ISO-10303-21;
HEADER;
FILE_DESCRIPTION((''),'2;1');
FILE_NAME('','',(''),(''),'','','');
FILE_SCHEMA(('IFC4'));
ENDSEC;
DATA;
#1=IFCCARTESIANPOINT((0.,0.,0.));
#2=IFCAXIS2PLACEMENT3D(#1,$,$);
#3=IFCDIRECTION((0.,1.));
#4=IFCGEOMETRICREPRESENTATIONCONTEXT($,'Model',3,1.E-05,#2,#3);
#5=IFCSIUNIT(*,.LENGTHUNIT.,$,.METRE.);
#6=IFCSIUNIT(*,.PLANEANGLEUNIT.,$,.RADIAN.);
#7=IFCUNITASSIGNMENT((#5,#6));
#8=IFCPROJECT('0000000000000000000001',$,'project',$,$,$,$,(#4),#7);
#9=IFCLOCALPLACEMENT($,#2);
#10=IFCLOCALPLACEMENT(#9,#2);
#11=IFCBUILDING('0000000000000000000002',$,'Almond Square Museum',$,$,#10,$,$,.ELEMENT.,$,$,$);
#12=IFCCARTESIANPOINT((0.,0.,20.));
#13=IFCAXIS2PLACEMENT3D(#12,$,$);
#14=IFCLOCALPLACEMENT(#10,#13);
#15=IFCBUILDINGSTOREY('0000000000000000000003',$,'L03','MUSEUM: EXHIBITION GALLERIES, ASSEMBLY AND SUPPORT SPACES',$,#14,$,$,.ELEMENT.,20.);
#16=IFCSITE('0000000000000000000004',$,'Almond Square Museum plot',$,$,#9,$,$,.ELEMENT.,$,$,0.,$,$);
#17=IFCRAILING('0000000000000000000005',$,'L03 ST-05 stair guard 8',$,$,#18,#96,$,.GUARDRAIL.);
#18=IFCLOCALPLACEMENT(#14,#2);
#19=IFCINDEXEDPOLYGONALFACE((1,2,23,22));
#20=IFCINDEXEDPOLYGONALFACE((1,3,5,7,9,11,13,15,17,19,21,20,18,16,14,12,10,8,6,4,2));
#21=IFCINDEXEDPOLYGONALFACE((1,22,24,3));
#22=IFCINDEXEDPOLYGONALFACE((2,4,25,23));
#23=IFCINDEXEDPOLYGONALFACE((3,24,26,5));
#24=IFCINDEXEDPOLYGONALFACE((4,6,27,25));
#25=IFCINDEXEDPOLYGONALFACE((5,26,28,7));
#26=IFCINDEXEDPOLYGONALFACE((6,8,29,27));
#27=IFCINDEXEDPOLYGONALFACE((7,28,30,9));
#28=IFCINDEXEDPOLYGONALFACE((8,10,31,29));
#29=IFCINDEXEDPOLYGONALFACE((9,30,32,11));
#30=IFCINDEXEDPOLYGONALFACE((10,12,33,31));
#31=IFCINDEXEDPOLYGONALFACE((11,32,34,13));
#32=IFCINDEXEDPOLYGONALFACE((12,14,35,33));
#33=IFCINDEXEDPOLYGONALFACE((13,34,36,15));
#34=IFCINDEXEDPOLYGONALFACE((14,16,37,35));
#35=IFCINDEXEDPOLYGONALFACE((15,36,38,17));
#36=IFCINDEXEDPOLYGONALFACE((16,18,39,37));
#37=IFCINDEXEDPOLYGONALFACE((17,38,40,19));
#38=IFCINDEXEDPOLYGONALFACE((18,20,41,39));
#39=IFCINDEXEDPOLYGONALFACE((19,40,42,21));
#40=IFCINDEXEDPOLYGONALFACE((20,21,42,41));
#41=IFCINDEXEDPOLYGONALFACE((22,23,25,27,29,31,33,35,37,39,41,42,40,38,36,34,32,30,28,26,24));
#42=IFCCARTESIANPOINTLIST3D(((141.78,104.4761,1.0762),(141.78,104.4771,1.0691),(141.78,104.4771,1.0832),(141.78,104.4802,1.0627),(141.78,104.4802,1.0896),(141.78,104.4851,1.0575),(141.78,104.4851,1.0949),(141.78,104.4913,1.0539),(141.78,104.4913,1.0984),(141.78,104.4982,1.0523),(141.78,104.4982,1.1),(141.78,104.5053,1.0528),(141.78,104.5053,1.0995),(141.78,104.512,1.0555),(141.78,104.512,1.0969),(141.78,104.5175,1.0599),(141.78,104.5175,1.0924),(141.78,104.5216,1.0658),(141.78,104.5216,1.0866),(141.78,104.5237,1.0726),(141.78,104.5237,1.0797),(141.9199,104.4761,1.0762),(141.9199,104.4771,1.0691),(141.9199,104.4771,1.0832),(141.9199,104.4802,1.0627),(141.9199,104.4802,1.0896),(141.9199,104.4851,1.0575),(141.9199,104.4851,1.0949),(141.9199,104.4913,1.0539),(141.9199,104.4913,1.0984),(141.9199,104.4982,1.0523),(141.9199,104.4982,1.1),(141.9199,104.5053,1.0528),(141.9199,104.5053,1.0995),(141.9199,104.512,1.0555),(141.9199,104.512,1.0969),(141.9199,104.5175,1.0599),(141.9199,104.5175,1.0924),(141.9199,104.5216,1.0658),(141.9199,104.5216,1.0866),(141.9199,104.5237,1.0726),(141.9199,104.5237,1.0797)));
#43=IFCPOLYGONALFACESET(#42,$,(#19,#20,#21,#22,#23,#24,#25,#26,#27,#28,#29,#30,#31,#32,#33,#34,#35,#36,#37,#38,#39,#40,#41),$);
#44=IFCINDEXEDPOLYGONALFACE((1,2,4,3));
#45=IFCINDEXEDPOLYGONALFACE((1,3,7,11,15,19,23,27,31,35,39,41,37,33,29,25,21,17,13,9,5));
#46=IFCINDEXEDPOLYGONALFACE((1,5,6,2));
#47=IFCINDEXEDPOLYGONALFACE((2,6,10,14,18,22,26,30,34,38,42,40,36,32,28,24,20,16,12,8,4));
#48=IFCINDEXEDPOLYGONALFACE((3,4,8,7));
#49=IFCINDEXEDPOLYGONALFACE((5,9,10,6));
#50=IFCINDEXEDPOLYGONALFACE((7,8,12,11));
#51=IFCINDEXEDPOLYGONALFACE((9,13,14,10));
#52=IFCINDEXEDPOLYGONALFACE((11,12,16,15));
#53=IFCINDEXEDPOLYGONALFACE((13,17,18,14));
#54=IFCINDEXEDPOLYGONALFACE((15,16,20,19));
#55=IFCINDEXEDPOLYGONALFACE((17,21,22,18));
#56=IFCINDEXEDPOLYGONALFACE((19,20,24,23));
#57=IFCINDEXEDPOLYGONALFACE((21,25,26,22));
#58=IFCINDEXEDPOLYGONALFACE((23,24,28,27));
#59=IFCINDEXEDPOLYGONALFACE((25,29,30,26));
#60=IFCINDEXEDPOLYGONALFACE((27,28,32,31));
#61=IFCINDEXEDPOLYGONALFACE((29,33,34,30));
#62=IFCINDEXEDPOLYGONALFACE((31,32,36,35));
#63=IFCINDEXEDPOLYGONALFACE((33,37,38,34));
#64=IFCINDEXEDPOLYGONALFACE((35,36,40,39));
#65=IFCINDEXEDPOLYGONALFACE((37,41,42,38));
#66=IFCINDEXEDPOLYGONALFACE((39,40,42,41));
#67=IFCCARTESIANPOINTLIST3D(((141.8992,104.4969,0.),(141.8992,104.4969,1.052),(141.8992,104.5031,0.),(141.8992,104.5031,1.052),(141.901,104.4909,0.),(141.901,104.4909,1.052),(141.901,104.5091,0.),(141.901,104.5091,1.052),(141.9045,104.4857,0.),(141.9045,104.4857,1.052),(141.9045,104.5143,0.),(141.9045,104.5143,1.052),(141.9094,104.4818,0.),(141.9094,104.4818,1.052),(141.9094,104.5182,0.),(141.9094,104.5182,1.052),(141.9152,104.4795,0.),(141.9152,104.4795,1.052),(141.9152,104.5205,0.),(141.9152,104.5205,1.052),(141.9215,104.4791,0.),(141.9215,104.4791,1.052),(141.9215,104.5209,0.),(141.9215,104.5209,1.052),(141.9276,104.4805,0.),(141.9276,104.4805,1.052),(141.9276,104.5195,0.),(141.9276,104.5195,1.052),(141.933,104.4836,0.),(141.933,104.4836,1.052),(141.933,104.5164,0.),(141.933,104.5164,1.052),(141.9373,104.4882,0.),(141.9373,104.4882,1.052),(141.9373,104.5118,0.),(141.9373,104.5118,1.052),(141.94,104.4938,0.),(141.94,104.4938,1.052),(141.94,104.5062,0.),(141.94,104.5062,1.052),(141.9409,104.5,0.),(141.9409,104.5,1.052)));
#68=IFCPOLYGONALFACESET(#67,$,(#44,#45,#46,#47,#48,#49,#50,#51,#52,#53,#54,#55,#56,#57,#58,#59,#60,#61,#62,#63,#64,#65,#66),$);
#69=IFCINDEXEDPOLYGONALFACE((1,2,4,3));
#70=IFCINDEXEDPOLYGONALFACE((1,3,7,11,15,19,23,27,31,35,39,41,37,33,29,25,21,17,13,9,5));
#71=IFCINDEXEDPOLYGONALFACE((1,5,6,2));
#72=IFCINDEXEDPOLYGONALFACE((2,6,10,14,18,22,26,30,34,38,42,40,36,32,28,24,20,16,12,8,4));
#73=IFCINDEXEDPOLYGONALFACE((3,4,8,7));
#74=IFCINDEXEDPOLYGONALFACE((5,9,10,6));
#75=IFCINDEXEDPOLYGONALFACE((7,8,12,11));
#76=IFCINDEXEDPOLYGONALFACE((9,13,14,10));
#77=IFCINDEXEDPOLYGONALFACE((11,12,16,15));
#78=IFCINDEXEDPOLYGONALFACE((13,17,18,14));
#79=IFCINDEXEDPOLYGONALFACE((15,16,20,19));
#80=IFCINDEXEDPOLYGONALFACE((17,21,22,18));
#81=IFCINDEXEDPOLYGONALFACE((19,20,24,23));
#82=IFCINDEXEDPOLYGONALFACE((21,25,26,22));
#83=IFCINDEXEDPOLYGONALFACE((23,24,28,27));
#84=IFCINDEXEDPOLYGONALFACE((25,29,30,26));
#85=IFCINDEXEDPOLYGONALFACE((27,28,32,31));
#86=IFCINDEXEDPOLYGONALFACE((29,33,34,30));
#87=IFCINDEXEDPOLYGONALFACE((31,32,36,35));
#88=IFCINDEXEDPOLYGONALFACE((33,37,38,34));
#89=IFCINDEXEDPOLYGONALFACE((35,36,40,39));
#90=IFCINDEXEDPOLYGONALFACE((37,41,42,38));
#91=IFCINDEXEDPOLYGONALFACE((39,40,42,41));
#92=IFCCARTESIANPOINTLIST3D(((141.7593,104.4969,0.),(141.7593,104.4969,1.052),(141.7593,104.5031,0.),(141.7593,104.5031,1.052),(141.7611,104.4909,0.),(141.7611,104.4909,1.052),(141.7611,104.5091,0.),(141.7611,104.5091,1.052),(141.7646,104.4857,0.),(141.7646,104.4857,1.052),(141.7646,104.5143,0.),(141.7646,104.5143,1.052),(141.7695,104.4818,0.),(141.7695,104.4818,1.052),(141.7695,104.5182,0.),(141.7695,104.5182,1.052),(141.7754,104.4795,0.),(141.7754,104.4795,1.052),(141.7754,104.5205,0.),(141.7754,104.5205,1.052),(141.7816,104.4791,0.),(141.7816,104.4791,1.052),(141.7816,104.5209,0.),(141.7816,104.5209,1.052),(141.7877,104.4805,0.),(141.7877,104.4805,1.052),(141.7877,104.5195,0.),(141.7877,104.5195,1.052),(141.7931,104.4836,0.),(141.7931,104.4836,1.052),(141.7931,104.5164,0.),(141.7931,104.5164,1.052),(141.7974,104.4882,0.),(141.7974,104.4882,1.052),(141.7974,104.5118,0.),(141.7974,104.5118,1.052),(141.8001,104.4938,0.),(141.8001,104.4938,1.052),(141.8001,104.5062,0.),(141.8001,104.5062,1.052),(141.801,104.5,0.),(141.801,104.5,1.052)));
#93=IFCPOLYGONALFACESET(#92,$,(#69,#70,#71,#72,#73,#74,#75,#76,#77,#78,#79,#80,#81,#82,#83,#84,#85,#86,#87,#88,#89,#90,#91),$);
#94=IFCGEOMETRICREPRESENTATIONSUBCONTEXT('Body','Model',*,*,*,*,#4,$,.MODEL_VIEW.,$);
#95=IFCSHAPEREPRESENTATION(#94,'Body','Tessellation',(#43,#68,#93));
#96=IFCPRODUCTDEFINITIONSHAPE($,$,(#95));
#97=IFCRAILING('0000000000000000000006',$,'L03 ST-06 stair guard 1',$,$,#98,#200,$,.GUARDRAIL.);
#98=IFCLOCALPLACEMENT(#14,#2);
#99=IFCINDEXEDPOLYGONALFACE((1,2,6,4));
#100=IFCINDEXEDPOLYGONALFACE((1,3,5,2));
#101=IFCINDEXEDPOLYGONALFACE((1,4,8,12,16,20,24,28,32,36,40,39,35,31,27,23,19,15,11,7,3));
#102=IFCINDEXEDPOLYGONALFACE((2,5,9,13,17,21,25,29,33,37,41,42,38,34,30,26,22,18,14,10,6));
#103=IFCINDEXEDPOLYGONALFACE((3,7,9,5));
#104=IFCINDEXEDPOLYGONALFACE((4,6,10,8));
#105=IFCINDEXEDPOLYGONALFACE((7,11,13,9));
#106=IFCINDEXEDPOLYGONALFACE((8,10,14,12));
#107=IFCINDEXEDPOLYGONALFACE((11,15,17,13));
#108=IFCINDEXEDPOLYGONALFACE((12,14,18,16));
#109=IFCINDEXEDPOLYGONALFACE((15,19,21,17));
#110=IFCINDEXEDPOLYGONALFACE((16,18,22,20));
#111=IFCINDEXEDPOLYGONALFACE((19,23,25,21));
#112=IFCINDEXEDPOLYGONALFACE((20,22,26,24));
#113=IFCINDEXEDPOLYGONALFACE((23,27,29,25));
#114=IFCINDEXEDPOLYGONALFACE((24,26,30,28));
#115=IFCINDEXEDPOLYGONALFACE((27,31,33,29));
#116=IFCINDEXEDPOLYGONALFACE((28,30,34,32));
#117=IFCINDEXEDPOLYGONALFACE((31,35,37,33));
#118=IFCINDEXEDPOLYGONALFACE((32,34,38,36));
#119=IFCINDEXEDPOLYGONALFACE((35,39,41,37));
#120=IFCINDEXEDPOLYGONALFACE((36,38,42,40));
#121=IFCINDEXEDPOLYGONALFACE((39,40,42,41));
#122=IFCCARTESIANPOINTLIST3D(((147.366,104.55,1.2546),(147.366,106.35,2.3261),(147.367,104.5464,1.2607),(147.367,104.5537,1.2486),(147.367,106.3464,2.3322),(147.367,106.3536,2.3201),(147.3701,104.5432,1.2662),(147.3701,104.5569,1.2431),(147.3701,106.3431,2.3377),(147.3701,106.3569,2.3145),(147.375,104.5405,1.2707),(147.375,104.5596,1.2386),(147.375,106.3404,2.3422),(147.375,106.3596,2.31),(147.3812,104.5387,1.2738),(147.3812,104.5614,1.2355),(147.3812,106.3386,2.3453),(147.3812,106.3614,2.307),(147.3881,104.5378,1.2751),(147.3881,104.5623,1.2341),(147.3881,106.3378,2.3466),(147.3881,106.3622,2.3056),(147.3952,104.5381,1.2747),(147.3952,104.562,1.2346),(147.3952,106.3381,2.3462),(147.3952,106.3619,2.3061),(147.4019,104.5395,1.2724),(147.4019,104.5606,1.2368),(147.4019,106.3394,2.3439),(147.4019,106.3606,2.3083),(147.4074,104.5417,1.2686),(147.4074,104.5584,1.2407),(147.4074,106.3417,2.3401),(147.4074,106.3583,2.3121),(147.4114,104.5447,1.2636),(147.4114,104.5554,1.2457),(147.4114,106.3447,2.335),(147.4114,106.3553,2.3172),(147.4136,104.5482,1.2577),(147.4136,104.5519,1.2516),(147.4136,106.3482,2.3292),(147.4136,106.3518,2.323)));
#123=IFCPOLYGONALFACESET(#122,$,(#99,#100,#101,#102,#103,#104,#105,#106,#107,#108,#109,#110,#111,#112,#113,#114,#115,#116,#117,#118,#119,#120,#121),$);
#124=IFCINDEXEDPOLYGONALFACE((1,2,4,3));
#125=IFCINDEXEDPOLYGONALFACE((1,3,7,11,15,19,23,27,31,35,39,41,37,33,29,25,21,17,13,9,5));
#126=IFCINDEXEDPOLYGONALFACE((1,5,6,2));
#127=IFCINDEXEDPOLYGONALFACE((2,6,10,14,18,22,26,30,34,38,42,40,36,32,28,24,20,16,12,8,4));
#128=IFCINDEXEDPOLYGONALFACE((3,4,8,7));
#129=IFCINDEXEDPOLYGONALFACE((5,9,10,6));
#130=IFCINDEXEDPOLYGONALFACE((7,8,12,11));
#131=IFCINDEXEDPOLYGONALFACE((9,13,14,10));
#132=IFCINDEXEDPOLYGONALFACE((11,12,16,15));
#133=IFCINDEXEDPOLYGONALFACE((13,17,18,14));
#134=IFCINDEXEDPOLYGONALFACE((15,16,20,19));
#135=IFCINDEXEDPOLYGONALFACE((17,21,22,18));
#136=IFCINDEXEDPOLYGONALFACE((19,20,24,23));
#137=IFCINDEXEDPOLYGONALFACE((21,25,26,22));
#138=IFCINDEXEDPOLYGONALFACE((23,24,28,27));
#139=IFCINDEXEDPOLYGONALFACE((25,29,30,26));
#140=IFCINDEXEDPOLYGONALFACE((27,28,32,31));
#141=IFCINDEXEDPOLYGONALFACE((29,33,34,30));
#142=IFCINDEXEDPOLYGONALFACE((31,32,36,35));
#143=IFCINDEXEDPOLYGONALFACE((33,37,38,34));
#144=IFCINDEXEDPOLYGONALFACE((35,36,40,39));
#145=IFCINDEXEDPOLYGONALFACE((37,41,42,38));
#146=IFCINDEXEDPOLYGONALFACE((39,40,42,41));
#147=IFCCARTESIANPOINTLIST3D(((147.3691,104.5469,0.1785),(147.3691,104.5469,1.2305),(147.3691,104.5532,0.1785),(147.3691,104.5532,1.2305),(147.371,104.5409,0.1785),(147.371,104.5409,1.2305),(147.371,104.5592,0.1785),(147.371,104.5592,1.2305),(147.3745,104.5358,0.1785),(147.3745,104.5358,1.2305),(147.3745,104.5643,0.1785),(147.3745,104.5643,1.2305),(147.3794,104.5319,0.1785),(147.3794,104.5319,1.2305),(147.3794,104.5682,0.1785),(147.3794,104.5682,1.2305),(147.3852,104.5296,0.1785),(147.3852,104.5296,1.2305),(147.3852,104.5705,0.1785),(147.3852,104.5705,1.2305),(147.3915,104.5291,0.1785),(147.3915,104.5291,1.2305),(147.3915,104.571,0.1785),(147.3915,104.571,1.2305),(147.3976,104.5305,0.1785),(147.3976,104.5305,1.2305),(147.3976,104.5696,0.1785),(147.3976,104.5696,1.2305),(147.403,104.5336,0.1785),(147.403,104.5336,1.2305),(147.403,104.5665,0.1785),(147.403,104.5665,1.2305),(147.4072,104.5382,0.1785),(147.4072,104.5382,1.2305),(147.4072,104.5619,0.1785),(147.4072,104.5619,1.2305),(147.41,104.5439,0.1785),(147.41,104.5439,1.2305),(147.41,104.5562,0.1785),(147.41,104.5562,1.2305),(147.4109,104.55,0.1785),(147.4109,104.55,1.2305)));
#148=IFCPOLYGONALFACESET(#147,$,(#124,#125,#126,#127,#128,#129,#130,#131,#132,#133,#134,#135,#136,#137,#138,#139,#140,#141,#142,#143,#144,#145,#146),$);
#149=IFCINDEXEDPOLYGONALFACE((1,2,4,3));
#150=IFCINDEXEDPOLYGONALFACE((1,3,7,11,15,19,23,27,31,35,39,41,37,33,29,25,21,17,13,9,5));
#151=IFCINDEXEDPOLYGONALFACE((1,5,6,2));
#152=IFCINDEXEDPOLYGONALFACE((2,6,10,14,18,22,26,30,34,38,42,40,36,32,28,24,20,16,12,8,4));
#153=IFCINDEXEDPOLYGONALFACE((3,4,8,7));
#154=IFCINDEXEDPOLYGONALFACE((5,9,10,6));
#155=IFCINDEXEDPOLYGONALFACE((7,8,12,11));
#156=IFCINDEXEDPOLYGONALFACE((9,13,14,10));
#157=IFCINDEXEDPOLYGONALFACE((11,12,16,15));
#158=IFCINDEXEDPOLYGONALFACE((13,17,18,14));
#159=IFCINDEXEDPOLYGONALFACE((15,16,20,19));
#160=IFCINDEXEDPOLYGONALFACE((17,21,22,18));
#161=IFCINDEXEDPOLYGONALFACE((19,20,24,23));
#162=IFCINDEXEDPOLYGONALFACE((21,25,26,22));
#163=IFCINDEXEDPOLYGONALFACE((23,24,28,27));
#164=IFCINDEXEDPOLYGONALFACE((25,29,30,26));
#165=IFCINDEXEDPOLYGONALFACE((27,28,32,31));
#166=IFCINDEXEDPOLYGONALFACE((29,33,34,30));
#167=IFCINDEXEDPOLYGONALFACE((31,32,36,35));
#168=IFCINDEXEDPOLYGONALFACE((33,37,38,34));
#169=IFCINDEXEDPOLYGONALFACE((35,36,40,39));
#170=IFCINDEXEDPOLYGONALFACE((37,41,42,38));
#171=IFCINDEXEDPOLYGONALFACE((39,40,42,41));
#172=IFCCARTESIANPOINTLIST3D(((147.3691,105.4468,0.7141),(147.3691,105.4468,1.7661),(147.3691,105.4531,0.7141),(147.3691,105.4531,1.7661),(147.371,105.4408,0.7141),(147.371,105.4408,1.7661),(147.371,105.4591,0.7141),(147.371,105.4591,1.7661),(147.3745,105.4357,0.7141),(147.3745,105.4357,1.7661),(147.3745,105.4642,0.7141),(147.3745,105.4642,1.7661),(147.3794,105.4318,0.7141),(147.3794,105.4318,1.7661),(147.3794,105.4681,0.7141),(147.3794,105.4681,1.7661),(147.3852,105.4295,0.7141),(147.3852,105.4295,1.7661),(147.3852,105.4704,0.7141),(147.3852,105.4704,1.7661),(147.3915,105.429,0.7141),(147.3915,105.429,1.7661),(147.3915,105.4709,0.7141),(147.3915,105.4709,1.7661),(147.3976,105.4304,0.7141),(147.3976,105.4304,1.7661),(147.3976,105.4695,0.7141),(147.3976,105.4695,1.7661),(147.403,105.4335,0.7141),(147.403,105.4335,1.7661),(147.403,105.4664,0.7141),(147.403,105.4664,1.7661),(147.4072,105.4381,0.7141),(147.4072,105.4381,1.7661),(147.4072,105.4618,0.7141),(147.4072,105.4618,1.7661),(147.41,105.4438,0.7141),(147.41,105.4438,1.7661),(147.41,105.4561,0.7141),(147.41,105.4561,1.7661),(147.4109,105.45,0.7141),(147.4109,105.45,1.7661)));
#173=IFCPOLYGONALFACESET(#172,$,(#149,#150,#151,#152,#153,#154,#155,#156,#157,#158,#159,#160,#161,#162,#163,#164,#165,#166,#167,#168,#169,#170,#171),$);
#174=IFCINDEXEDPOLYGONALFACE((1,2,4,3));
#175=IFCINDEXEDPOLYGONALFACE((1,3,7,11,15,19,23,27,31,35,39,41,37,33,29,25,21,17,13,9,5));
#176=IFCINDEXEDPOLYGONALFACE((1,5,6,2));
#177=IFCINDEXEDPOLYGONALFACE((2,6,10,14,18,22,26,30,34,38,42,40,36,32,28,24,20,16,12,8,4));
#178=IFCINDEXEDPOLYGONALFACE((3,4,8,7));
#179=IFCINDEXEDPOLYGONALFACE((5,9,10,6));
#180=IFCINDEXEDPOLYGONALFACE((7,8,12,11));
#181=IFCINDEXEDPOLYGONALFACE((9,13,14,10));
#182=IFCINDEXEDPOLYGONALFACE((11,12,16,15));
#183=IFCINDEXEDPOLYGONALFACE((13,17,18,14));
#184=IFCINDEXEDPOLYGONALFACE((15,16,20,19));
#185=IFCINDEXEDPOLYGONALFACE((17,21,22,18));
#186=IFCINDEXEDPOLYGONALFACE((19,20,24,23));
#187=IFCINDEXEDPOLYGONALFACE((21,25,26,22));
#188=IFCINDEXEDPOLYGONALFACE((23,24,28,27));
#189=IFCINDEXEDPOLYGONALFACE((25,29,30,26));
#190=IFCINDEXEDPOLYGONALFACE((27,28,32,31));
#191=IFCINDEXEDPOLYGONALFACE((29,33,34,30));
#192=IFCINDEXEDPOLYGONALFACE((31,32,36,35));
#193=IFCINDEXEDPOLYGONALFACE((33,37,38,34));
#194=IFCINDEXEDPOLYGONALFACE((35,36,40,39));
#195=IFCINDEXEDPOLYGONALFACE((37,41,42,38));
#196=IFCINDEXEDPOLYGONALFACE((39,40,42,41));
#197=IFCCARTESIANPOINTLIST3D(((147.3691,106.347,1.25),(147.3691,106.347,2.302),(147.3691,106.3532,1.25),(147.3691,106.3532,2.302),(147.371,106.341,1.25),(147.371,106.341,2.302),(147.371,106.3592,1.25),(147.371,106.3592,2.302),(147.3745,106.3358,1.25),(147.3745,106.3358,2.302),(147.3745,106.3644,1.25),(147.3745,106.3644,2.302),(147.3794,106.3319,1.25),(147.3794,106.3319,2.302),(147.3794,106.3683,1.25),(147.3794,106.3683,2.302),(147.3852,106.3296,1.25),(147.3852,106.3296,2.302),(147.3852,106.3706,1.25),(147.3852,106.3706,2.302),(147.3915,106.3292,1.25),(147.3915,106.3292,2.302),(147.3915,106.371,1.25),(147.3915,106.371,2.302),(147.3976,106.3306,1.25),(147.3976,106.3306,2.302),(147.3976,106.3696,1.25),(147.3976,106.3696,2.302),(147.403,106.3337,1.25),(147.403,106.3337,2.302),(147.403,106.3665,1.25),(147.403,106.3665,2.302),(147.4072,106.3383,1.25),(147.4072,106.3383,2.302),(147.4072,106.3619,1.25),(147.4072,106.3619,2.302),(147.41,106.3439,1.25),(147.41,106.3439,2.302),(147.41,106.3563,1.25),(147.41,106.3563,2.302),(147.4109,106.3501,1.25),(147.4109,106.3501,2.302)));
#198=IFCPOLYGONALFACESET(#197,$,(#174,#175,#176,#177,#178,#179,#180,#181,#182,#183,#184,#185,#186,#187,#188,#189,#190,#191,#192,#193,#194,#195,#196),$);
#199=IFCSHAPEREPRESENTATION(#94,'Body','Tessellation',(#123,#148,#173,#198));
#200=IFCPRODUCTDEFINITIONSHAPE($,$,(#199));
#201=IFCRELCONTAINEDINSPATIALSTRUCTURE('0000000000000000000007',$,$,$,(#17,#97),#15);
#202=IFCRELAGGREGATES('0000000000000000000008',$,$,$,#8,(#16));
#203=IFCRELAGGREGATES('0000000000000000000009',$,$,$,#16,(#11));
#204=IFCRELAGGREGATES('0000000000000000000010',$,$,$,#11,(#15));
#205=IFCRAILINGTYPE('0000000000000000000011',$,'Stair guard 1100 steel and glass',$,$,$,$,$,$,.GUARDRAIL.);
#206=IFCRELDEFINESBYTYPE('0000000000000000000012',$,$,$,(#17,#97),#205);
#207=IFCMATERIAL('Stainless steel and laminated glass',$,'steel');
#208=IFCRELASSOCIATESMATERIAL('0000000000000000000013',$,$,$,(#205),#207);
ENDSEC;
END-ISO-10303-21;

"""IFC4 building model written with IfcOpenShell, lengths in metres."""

from ifc_helpers import new_model, si_unit, direction, frame, origin, origin_2d, place, context, subcontext, project, spatial, circle, extrude, material, type_object, element, save


model = new_model("IFC4")

# Units and contexts
model_context = context("Model", 3, precision=1e-05, world=origin(), true_north=direction((0.0, 1.0)))
body_context = subcontext(model_context, "Body", "Model", "MODEL_VIEW")
ifc_project = project(units=[si_unit("LENGTHUNIT", "METRE"), si_unit("PLANEANGLEUNIT", "RADIAN")], contexts=[model_context])

# Site, building, storey
site_placement = place(None, origin())
site = spatial("IfcSite", under=ifc_project, at=site_placement, Name="Almond Square Museum plot", CompositionType="ELEMENT", RefElevation=0.0)
building_placement = place(site_placement, origin())
building = spatial("IfcBuilding", under=site, at=building_placement, Name="Almond Square Museum", CompositionType="ELEMENT")
storey_placement = place(building_placement, frame((0.0, 0.0, 20.0)))
storey = spatial("IfcBuildingStorey", under=building, at=storey_placement, Name="L03", Description="MUSEUM: EXHIBITION GALLERIES, ASSEMBLY AND SUPPORT SPACES", CompositionType="ELEMENT", Elevation=20.0)

# Railings
ifc_material_1 = material(Name="Stainless steel and laminated glass", Category="steel")
railing_type_1 = type_object("IfcRailingType", Name="Stair guard 1100 steel and glass", PredefinedType="GUARDRAIL", material=ifc_material_1)
railing_1_placement = place(storey_placement, frame((141.9199, 104.5, 0.0)))
element("IfcRailing", 1, at=railing_1_placement, inside=storey, type_object=railing_type_1, Name="L03 ST-05 stair guard 8", PredefinedType="GUARDRAIL", context=body_context, shape_type="SweptSolid", body=[
    extrude(circle(Radius=0.0239, at=origin_2d()), frame((0.0, 0.0, 1.0762), z_axis=(-1.0, 0.0, 0.0), x_axis=(0.0, -1.0, 0.0)), (0.0, 0.0, 1.0), 0.1399),
    extrude(circle(Radius=0.021, at=origin_2d()), origin(), (0.0, 0.0, 1.0), 1.052),
    extrude(circle(Radius=0.021, at=origin_2d()), frame((-0.1399, 0.0, 0.0)), (0.0, 0.0, 1.0), 1.052),
])
railing_2_placement = place(storey_placement, frame((147.3899, 104.55, 0.1785)))
element("IfcRailing", 2, at=railing_2_placement, inside=storey, type_object=railing_type_1, Name="L03 ST-06 stair guard 1", PredefinedType="GUARDRAIL", context=body_context, shape_type="SweptSolid", body=[
    extrude(circle(Radius=0.0239, at=origin_2d()), frame((0.0, 0.0, 1.0762), z_axis=(0.0, 0.859277, 0.51151), x_axis=(-1.0, 0.0, 0.0)), (0.0, 0.0, 1.0), 2.0947),
    extrude(circle(Radius=0.021, at=origin_2d()), origin(), (0.0, 0.0, 1.0), 1.052),
    extrude(circle(Radius=0.021, at=origin_2d()), frame((0.0, 0.8999, 0.5356)), (0.0, 0.0, 1.0), 1.052),
    extrude(circle(Radius=0.021, at=origin_2d()), frame((0.0, 1.8, 1.0715)), (0.0, 0.0, 1.0), 1.052),
])

save(model, "model.ifc")
